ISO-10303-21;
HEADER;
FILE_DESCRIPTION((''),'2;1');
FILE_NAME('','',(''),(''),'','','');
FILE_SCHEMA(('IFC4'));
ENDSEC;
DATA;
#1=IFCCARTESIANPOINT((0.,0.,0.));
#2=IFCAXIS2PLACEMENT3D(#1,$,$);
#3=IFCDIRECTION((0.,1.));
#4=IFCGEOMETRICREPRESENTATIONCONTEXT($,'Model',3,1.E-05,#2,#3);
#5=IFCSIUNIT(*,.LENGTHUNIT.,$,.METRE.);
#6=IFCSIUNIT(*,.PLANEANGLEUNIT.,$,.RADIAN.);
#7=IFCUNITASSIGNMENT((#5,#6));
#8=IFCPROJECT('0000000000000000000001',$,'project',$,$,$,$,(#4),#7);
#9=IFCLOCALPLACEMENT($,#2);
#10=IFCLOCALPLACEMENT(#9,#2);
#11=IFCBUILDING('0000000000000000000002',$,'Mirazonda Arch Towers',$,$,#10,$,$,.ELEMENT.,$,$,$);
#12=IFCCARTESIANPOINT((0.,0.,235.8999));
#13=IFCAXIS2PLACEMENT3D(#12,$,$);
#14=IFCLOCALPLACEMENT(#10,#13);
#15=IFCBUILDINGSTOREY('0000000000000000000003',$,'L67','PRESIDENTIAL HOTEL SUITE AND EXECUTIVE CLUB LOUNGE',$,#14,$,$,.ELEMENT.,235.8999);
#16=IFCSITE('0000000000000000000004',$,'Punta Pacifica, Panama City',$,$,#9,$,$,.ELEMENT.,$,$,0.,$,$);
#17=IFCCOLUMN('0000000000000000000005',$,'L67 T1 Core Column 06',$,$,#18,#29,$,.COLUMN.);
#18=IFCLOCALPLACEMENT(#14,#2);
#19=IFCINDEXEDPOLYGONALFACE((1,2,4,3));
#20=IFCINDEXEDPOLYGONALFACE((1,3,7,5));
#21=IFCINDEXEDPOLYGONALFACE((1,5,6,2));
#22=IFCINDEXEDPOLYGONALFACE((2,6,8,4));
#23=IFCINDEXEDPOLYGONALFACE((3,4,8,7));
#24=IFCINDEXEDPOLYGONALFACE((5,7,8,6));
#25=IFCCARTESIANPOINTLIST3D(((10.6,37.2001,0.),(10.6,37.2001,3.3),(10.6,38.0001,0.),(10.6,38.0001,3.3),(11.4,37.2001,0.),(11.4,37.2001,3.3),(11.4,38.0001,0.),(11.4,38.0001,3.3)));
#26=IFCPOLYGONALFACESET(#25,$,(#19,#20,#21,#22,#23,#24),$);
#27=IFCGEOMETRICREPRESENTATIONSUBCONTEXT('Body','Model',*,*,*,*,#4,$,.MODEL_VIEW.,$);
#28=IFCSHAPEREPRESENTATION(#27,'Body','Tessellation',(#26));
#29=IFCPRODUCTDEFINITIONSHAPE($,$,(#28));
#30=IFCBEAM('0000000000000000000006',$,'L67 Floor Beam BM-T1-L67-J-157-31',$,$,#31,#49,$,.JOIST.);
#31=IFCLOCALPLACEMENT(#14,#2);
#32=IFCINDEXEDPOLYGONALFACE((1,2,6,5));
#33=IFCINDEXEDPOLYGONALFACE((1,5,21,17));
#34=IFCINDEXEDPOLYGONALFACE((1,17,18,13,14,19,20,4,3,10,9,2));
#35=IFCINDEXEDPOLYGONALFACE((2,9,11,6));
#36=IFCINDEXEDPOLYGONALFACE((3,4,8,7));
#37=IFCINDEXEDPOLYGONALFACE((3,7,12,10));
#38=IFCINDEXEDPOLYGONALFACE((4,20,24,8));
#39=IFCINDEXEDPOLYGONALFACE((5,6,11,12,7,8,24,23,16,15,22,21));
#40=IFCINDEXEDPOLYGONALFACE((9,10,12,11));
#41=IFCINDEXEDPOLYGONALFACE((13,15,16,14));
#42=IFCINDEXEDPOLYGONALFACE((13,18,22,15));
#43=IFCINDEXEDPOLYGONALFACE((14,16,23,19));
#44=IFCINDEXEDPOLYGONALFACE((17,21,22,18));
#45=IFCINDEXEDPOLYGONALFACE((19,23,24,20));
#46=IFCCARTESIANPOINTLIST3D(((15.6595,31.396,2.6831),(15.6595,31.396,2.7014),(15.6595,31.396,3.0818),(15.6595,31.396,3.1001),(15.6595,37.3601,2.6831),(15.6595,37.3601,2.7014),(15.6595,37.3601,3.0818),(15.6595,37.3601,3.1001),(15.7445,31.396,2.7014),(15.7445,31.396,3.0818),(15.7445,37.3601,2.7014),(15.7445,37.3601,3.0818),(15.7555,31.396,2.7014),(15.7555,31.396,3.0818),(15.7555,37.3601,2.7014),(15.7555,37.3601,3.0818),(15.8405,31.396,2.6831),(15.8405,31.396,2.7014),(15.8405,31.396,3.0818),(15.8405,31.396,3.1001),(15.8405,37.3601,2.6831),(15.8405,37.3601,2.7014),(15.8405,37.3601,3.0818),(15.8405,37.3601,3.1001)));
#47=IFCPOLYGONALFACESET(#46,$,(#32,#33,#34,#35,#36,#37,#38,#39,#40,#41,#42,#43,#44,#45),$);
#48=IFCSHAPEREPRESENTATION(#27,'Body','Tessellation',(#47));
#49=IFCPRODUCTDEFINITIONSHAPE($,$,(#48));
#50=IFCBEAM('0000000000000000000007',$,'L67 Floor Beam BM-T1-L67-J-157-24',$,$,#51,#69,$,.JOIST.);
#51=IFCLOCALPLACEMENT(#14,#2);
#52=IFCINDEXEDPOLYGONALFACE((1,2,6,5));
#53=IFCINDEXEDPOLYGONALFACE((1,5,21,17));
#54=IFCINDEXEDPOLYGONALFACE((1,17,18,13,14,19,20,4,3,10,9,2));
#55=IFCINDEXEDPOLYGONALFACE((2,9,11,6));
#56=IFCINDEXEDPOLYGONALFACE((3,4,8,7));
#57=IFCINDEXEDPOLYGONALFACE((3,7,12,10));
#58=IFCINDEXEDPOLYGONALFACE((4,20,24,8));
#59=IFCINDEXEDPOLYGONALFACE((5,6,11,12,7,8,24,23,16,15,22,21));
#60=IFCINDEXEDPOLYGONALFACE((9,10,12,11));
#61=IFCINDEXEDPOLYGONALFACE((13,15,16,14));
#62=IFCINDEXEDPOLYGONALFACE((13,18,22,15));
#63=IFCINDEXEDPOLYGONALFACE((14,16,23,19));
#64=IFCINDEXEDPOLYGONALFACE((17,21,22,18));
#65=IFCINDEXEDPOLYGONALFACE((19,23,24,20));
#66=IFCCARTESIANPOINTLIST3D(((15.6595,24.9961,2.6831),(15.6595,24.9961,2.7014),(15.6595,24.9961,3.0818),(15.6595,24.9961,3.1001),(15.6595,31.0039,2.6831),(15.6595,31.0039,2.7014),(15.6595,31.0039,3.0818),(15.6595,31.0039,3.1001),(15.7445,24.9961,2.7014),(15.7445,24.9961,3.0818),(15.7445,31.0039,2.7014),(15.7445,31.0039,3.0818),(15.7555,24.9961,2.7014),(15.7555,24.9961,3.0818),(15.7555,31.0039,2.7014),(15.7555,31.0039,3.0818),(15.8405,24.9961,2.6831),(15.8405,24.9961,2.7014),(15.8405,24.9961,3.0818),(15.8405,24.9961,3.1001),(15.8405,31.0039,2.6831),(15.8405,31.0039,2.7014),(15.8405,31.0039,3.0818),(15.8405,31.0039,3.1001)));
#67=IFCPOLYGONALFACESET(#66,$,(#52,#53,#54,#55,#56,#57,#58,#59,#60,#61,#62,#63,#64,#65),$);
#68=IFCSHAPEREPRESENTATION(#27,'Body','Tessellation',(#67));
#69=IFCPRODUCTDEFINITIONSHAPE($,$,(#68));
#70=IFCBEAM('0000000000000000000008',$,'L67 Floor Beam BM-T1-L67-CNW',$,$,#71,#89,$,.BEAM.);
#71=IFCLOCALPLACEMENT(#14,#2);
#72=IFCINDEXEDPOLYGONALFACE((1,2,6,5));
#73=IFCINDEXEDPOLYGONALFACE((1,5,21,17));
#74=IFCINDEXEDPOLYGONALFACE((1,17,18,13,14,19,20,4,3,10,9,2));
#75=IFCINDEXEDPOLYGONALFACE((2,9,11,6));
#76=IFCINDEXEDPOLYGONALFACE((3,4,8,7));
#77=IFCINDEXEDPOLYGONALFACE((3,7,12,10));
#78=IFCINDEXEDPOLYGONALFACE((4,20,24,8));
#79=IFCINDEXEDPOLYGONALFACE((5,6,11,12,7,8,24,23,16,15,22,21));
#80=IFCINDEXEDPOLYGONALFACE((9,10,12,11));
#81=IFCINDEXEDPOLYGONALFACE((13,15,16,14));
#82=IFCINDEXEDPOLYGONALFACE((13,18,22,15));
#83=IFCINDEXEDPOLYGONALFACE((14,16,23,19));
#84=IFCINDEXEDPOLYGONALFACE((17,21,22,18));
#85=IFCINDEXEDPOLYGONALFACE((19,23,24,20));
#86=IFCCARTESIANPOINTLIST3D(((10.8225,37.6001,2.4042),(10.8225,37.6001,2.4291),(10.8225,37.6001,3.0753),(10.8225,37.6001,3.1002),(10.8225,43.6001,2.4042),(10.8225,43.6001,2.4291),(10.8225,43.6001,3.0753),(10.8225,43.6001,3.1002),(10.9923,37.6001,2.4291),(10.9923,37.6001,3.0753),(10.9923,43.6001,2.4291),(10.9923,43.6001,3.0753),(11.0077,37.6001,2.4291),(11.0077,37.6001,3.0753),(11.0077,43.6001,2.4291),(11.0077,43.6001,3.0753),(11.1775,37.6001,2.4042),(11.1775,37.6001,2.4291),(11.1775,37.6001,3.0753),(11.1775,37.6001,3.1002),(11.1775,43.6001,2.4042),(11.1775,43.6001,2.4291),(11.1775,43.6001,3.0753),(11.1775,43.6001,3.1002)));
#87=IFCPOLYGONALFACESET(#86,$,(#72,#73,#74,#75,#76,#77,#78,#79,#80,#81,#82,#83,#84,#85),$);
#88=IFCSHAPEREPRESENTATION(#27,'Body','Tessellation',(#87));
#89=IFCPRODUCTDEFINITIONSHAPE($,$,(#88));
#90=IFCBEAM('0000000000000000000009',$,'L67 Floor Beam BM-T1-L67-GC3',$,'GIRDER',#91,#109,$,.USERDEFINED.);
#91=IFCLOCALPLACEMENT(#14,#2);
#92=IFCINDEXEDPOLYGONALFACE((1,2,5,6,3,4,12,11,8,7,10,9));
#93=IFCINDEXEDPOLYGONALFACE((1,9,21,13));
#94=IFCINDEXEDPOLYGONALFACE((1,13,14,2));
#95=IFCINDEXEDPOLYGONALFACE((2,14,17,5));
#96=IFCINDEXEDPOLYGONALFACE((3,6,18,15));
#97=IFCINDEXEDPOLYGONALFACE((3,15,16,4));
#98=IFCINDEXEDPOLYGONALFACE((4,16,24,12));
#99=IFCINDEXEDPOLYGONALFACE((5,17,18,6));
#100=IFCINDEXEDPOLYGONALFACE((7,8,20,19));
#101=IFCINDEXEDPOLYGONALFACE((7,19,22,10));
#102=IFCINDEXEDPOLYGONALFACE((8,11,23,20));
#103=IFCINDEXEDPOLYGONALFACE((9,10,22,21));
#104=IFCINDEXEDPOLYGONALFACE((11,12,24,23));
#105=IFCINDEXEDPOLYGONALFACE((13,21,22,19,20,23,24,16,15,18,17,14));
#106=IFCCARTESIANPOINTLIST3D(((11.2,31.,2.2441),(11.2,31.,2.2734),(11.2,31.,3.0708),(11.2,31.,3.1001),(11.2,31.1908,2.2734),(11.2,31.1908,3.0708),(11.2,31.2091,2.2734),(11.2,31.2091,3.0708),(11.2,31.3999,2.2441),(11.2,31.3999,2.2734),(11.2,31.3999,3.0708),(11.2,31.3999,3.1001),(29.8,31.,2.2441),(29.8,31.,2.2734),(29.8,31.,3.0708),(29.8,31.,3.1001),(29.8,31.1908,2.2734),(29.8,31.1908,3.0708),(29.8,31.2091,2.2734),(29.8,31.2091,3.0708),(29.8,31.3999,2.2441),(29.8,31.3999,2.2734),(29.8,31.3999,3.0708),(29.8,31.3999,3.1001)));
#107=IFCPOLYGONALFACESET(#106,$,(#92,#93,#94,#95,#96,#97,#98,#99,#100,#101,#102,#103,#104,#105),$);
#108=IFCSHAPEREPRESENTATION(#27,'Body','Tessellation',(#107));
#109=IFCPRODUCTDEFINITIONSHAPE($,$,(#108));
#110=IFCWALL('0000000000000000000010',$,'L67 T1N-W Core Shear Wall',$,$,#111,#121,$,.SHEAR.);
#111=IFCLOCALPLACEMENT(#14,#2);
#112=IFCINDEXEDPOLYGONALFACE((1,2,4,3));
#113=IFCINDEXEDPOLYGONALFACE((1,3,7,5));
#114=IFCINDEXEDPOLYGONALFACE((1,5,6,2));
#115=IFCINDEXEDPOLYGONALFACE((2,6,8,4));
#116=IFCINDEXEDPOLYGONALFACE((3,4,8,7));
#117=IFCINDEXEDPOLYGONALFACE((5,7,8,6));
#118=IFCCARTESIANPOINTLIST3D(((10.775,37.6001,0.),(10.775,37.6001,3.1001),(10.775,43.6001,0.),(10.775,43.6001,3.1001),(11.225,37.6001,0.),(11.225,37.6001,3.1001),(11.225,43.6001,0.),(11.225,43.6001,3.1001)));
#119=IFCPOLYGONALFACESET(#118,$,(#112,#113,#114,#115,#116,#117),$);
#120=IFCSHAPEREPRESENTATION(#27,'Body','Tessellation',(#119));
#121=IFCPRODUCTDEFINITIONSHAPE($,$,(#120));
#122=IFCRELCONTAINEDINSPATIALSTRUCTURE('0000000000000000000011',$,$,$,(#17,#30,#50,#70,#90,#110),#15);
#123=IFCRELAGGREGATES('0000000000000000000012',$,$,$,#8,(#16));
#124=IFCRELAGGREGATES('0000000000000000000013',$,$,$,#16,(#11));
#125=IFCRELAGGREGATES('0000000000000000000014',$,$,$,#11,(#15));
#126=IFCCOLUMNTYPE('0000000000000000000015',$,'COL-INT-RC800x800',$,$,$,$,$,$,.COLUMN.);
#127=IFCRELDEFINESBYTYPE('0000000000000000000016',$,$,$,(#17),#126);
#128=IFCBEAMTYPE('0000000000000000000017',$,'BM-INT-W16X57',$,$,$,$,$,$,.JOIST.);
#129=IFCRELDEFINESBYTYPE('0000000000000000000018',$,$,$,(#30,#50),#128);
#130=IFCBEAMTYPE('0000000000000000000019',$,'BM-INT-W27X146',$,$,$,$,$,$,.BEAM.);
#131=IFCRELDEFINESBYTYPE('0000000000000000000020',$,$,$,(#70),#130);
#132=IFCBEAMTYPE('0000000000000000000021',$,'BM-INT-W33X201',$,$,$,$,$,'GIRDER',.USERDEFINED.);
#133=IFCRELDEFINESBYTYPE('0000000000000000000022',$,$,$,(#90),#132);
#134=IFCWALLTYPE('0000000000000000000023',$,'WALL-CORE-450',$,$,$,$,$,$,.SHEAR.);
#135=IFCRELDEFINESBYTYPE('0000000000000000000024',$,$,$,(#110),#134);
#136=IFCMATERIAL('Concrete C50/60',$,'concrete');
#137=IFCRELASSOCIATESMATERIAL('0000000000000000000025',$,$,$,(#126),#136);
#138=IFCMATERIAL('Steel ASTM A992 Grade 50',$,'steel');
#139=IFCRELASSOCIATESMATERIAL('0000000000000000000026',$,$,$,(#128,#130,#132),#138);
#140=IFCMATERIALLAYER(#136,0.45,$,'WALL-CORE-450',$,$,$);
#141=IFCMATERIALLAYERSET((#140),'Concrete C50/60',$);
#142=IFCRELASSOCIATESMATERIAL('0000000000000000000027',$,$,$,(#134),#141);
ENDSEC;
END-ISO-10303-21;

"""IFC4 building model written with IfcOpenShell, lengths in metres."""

from ifc_helpers import new_model, si_unit, direction, frame, frame_2d, origin, origin_2d, place, context, subcontext, project, spatial, rectangle, i_section, extrude, material, layer, layer_set, material_profile, profile_set, type_object, element, save


model = new_model("IFC4")

# Units and contexts
model_context = context("Model", 3, precision=1e-05, world=origin(), true_north=direction((0.0, 1.0)))
body_context = subcontext(model_context, "Body", "Model", "MODEL_VIEW")
ifc_project = project(units=[si_unit("LENGTHUNIT", "METRE"), si_unit("PLANEANGLEUNIT", "RADIAN")], contexts=[model_context])

# Site, building, storey
site_placement = place(None, origin())
site = spatial("IfcSite", under=ifc_project, at=site_placement, Name="Punta Pacifica, Panama City", CompositionType="ELEMENT", RefElevation=0.0)
building_placement = place(site_placement, origin())
building = spatial("IfcBuilding", under=site, at=building_placement, Name="Mirazonda Arch Towers", CompositionType="ELEMENT")
storey_placement = place(building_placement, frame((0.0, 0.0, 235.8999)))
storey = spatial("IfcBuildingStorey", under=building, at=storey_placement, Name="L67", Description="PRESIDENTIAL HOTEL SUITE AND EXECUTIVE CLUB LOUNGE", CompositionType="ELEMENT", Elevation=235.8999)

# Column
ifc_material_1 = material(Name="Concrete C50/60", Category="concrete")
ifc_material_profile_1 = material_profile(ifc_material_1, rectangle(XDim=0.8, YDim=0.8, at=origin_2d()), Name="RC800x800")
ifc_profile_set_1 = profile_set([ifc_material_profile_1], Name="Concrete C50/60")
column_type = type_object("IfcColumnType", Name="COL-INT-RC800x800", PredefinedType="COLUMN", material=ifc_profile_set_1)
column_placement = place(storey_placement, frame((11.0, 37.6001, 0.0), z_axis=(0.0, 0.0, 1.0), x_axis=(1.0, 0.0, 0.0)))
element("IfcColumn", 1, at=column_placement, inside=storey, type_object=column_type, Name="L67 T1 Core Column 06", PredefinedType="COLUMN", context=body_context, shape_type="SweptSolid", body=[
    extrude(rectangle(XDim=0.8, YDim=0.8, at=origin_2d()), origin(), (0.0, 0.0, 1.0), 3.3),
])

# Beams
ifc_material_2 = material(Name="Steel ASTM A992 Grade 50", Category="steel")
ifc_material_profile_2 = material_profile(ifc_material_2, i_section(OverallWidth=0.1809, OverallDepth=0.417, WebThickness=0.011, FlangeThickness=0.0183, at=origin_2d()), Name="W16X57")
ifc_profile_set_2 = profile_set([ifc_material_profile_2], Name="Steel ASTM A992 Grade 50")
beam_type_1 = type_object("IfcBeamType", Name="BM-INT-W16X57", PredefinedType="JOIST", material=ifc_profile_set_2)
beam_1_placement = place(storey_placement, frame((15.75, 31.396, 2.8916), z_axis=(0.0, 1.0, 0.0), x_axis=(-1.0, 0.0, 0.0)))
element("IfcBeam", 2, at=beam_1_placement, inside=storey, type_object=beam_type_1, Name="L67 Floor Beam BM-T1-L67-J-157-31", PredefinedType="JOIST", context=body_context, shape_type="SweptSolid", body=[
    extrude(i_section(OverallWidth=0.1809, OverallDepth=0.417, WebThickness=0.011, FlangeThickness=0.0183, at=origin_2d()), origin(), (0.0, 0.0, 1.0), 5.9641),
])
beam_2_placement = place(storey_placement, frame((15.75, 24.9961, 2.8916), z_axis=(0.0, 1.0, 0.0), x_axis=(-1.0, 0.0, 0.0)))
element("IfcBeam", 3, at=beam_2_placement, inside=storey, type_object=beam_type_1, Name="L67 Floor Beam BM-T1-L67-J-157-24", PredefinedType="JOIST", context=body_context, shape_type="SweptSolid", body=[
    extrude(i_section(OverallWidth=0.1809, OverallDepth=0.417, WebThickness=0.011, FlangeThickness=0.0183, at=origin_2d()), origin(), (0.0, 0.0, 1.0), 6.0078),
])
ifc_material_profile_3 = material_profile(ifc_material_2, i_section(OverallWidth=0.355, OverallDepth=0.696, WebThickness=0.0154, FlangeThickness=0.0249, at=origin_2d()), Name="W27X146")
ifc_profile_set_3 = profile_set([ifc_material_profile_3], Name="Steel ASTM A992 Grade 50")
beam_type_2 = type_object("IfcBeamType", Name="BM-INT-W27X146", PredefinedType="BEAM", material=ifc_profile_set_3)
beam_3_placement = place(storey_placement, frame((11.0, 37.6001, 2.7522), z_axis=(0.0, 1.0, 0.0), x_axis=(-1.0, 0.0, 0.0)))
element("IfcBeam", 4, at=beam_3_placement, inside=storey, type_object=beam_type_2, Name="L67 Floor Beam BM-T1-L67-CNW", PredefinedType="BEAM", context=body_context, shape_type="SweptSolid", body=[
    extrude(i_section(OverallWidth=0.355, OverallDepth=0.696, WebThickness=0.0154, FlangeThickness=0.0249, at=origin_2d()), origin(), (0.0, 0.0, 1.0), 6.0),
])
ifc_material_profile_4 = material_profile(ifc_material_2, i_section(OverallWidth=0.3999, OverallDepth=0.856, WebThickness=0.0183, FlangeThickness=0.0293, at=origin_2d()), Name="W33X201")
ifc_profile_set_4 = profile_set([ifc_material_profile_4], Name="Steel ASTM A992 Grade 50")
beam_type_3 = type_object("IfcBeamType", Name="BM-INT-W33X201", ElementType="GIRDER", PredefinedType="USERDEFINED", material=ifc_profile_set_4)
beam_4_placement = place(storey_placement, frame((11.2, 31.2, 2.6721), z_axis=(1.0, 0.0, 0.0), x_axis=(0.0, 1.0, 0.0)))
element("IfcBeam", 5, at=beam_4_placement, inside=storey, type_object=beam_type_3, Name="L67 Floor Beam BM-T1-L67-GC3", ObjectType="GIRDER", PredefinedType="USERDEFINED", context=body_context, shape_type="SweptSolid", body=[
    extrude(i_section(OverallWidth=0.3999, OverallDepth=0.856, WebThickness=0.0183, FlangeThickness=0.0293, at=origin_2d()), origin(), (0.0, 0.0, 1.0), 18.6001),
])

# Wall
ifc_layer_1 = layer(ifc_material_1, 0.45, Name="WALL-CORE-450")
ifc_layer_set_1 = layer_set([ifc_layer_1], Name="Concrete C50/60")
wall_type_1 = type_object("IfcWallType", Name="WALL-CORE-450", PredefinedType="SHEAR", material=ifc_layer_set_1)
wall_1_placement = place(storey_placement, frame((11.0, 37.6001, 0.0), z_axis=(0.0, 0.0, 1.0), x_axis=(0.0, 1.0, 0.0)))
element("IfcWall", 6, at=wall_1_placement, inside=storey, type_object=wall_type_1, Name="L67 T1N-W Core Shear Wall", PredefinedType="SHEAR", context=body_context, shape_type="SweptSolid", body=[
    extrude(rectangle(XDim=6.0, YDim=0.45, at=frame_2d((3.0, 0.0))), origin(), (0.0, 0.0, 1.0), 3.1001),
])

save(model, "model.ifc")
